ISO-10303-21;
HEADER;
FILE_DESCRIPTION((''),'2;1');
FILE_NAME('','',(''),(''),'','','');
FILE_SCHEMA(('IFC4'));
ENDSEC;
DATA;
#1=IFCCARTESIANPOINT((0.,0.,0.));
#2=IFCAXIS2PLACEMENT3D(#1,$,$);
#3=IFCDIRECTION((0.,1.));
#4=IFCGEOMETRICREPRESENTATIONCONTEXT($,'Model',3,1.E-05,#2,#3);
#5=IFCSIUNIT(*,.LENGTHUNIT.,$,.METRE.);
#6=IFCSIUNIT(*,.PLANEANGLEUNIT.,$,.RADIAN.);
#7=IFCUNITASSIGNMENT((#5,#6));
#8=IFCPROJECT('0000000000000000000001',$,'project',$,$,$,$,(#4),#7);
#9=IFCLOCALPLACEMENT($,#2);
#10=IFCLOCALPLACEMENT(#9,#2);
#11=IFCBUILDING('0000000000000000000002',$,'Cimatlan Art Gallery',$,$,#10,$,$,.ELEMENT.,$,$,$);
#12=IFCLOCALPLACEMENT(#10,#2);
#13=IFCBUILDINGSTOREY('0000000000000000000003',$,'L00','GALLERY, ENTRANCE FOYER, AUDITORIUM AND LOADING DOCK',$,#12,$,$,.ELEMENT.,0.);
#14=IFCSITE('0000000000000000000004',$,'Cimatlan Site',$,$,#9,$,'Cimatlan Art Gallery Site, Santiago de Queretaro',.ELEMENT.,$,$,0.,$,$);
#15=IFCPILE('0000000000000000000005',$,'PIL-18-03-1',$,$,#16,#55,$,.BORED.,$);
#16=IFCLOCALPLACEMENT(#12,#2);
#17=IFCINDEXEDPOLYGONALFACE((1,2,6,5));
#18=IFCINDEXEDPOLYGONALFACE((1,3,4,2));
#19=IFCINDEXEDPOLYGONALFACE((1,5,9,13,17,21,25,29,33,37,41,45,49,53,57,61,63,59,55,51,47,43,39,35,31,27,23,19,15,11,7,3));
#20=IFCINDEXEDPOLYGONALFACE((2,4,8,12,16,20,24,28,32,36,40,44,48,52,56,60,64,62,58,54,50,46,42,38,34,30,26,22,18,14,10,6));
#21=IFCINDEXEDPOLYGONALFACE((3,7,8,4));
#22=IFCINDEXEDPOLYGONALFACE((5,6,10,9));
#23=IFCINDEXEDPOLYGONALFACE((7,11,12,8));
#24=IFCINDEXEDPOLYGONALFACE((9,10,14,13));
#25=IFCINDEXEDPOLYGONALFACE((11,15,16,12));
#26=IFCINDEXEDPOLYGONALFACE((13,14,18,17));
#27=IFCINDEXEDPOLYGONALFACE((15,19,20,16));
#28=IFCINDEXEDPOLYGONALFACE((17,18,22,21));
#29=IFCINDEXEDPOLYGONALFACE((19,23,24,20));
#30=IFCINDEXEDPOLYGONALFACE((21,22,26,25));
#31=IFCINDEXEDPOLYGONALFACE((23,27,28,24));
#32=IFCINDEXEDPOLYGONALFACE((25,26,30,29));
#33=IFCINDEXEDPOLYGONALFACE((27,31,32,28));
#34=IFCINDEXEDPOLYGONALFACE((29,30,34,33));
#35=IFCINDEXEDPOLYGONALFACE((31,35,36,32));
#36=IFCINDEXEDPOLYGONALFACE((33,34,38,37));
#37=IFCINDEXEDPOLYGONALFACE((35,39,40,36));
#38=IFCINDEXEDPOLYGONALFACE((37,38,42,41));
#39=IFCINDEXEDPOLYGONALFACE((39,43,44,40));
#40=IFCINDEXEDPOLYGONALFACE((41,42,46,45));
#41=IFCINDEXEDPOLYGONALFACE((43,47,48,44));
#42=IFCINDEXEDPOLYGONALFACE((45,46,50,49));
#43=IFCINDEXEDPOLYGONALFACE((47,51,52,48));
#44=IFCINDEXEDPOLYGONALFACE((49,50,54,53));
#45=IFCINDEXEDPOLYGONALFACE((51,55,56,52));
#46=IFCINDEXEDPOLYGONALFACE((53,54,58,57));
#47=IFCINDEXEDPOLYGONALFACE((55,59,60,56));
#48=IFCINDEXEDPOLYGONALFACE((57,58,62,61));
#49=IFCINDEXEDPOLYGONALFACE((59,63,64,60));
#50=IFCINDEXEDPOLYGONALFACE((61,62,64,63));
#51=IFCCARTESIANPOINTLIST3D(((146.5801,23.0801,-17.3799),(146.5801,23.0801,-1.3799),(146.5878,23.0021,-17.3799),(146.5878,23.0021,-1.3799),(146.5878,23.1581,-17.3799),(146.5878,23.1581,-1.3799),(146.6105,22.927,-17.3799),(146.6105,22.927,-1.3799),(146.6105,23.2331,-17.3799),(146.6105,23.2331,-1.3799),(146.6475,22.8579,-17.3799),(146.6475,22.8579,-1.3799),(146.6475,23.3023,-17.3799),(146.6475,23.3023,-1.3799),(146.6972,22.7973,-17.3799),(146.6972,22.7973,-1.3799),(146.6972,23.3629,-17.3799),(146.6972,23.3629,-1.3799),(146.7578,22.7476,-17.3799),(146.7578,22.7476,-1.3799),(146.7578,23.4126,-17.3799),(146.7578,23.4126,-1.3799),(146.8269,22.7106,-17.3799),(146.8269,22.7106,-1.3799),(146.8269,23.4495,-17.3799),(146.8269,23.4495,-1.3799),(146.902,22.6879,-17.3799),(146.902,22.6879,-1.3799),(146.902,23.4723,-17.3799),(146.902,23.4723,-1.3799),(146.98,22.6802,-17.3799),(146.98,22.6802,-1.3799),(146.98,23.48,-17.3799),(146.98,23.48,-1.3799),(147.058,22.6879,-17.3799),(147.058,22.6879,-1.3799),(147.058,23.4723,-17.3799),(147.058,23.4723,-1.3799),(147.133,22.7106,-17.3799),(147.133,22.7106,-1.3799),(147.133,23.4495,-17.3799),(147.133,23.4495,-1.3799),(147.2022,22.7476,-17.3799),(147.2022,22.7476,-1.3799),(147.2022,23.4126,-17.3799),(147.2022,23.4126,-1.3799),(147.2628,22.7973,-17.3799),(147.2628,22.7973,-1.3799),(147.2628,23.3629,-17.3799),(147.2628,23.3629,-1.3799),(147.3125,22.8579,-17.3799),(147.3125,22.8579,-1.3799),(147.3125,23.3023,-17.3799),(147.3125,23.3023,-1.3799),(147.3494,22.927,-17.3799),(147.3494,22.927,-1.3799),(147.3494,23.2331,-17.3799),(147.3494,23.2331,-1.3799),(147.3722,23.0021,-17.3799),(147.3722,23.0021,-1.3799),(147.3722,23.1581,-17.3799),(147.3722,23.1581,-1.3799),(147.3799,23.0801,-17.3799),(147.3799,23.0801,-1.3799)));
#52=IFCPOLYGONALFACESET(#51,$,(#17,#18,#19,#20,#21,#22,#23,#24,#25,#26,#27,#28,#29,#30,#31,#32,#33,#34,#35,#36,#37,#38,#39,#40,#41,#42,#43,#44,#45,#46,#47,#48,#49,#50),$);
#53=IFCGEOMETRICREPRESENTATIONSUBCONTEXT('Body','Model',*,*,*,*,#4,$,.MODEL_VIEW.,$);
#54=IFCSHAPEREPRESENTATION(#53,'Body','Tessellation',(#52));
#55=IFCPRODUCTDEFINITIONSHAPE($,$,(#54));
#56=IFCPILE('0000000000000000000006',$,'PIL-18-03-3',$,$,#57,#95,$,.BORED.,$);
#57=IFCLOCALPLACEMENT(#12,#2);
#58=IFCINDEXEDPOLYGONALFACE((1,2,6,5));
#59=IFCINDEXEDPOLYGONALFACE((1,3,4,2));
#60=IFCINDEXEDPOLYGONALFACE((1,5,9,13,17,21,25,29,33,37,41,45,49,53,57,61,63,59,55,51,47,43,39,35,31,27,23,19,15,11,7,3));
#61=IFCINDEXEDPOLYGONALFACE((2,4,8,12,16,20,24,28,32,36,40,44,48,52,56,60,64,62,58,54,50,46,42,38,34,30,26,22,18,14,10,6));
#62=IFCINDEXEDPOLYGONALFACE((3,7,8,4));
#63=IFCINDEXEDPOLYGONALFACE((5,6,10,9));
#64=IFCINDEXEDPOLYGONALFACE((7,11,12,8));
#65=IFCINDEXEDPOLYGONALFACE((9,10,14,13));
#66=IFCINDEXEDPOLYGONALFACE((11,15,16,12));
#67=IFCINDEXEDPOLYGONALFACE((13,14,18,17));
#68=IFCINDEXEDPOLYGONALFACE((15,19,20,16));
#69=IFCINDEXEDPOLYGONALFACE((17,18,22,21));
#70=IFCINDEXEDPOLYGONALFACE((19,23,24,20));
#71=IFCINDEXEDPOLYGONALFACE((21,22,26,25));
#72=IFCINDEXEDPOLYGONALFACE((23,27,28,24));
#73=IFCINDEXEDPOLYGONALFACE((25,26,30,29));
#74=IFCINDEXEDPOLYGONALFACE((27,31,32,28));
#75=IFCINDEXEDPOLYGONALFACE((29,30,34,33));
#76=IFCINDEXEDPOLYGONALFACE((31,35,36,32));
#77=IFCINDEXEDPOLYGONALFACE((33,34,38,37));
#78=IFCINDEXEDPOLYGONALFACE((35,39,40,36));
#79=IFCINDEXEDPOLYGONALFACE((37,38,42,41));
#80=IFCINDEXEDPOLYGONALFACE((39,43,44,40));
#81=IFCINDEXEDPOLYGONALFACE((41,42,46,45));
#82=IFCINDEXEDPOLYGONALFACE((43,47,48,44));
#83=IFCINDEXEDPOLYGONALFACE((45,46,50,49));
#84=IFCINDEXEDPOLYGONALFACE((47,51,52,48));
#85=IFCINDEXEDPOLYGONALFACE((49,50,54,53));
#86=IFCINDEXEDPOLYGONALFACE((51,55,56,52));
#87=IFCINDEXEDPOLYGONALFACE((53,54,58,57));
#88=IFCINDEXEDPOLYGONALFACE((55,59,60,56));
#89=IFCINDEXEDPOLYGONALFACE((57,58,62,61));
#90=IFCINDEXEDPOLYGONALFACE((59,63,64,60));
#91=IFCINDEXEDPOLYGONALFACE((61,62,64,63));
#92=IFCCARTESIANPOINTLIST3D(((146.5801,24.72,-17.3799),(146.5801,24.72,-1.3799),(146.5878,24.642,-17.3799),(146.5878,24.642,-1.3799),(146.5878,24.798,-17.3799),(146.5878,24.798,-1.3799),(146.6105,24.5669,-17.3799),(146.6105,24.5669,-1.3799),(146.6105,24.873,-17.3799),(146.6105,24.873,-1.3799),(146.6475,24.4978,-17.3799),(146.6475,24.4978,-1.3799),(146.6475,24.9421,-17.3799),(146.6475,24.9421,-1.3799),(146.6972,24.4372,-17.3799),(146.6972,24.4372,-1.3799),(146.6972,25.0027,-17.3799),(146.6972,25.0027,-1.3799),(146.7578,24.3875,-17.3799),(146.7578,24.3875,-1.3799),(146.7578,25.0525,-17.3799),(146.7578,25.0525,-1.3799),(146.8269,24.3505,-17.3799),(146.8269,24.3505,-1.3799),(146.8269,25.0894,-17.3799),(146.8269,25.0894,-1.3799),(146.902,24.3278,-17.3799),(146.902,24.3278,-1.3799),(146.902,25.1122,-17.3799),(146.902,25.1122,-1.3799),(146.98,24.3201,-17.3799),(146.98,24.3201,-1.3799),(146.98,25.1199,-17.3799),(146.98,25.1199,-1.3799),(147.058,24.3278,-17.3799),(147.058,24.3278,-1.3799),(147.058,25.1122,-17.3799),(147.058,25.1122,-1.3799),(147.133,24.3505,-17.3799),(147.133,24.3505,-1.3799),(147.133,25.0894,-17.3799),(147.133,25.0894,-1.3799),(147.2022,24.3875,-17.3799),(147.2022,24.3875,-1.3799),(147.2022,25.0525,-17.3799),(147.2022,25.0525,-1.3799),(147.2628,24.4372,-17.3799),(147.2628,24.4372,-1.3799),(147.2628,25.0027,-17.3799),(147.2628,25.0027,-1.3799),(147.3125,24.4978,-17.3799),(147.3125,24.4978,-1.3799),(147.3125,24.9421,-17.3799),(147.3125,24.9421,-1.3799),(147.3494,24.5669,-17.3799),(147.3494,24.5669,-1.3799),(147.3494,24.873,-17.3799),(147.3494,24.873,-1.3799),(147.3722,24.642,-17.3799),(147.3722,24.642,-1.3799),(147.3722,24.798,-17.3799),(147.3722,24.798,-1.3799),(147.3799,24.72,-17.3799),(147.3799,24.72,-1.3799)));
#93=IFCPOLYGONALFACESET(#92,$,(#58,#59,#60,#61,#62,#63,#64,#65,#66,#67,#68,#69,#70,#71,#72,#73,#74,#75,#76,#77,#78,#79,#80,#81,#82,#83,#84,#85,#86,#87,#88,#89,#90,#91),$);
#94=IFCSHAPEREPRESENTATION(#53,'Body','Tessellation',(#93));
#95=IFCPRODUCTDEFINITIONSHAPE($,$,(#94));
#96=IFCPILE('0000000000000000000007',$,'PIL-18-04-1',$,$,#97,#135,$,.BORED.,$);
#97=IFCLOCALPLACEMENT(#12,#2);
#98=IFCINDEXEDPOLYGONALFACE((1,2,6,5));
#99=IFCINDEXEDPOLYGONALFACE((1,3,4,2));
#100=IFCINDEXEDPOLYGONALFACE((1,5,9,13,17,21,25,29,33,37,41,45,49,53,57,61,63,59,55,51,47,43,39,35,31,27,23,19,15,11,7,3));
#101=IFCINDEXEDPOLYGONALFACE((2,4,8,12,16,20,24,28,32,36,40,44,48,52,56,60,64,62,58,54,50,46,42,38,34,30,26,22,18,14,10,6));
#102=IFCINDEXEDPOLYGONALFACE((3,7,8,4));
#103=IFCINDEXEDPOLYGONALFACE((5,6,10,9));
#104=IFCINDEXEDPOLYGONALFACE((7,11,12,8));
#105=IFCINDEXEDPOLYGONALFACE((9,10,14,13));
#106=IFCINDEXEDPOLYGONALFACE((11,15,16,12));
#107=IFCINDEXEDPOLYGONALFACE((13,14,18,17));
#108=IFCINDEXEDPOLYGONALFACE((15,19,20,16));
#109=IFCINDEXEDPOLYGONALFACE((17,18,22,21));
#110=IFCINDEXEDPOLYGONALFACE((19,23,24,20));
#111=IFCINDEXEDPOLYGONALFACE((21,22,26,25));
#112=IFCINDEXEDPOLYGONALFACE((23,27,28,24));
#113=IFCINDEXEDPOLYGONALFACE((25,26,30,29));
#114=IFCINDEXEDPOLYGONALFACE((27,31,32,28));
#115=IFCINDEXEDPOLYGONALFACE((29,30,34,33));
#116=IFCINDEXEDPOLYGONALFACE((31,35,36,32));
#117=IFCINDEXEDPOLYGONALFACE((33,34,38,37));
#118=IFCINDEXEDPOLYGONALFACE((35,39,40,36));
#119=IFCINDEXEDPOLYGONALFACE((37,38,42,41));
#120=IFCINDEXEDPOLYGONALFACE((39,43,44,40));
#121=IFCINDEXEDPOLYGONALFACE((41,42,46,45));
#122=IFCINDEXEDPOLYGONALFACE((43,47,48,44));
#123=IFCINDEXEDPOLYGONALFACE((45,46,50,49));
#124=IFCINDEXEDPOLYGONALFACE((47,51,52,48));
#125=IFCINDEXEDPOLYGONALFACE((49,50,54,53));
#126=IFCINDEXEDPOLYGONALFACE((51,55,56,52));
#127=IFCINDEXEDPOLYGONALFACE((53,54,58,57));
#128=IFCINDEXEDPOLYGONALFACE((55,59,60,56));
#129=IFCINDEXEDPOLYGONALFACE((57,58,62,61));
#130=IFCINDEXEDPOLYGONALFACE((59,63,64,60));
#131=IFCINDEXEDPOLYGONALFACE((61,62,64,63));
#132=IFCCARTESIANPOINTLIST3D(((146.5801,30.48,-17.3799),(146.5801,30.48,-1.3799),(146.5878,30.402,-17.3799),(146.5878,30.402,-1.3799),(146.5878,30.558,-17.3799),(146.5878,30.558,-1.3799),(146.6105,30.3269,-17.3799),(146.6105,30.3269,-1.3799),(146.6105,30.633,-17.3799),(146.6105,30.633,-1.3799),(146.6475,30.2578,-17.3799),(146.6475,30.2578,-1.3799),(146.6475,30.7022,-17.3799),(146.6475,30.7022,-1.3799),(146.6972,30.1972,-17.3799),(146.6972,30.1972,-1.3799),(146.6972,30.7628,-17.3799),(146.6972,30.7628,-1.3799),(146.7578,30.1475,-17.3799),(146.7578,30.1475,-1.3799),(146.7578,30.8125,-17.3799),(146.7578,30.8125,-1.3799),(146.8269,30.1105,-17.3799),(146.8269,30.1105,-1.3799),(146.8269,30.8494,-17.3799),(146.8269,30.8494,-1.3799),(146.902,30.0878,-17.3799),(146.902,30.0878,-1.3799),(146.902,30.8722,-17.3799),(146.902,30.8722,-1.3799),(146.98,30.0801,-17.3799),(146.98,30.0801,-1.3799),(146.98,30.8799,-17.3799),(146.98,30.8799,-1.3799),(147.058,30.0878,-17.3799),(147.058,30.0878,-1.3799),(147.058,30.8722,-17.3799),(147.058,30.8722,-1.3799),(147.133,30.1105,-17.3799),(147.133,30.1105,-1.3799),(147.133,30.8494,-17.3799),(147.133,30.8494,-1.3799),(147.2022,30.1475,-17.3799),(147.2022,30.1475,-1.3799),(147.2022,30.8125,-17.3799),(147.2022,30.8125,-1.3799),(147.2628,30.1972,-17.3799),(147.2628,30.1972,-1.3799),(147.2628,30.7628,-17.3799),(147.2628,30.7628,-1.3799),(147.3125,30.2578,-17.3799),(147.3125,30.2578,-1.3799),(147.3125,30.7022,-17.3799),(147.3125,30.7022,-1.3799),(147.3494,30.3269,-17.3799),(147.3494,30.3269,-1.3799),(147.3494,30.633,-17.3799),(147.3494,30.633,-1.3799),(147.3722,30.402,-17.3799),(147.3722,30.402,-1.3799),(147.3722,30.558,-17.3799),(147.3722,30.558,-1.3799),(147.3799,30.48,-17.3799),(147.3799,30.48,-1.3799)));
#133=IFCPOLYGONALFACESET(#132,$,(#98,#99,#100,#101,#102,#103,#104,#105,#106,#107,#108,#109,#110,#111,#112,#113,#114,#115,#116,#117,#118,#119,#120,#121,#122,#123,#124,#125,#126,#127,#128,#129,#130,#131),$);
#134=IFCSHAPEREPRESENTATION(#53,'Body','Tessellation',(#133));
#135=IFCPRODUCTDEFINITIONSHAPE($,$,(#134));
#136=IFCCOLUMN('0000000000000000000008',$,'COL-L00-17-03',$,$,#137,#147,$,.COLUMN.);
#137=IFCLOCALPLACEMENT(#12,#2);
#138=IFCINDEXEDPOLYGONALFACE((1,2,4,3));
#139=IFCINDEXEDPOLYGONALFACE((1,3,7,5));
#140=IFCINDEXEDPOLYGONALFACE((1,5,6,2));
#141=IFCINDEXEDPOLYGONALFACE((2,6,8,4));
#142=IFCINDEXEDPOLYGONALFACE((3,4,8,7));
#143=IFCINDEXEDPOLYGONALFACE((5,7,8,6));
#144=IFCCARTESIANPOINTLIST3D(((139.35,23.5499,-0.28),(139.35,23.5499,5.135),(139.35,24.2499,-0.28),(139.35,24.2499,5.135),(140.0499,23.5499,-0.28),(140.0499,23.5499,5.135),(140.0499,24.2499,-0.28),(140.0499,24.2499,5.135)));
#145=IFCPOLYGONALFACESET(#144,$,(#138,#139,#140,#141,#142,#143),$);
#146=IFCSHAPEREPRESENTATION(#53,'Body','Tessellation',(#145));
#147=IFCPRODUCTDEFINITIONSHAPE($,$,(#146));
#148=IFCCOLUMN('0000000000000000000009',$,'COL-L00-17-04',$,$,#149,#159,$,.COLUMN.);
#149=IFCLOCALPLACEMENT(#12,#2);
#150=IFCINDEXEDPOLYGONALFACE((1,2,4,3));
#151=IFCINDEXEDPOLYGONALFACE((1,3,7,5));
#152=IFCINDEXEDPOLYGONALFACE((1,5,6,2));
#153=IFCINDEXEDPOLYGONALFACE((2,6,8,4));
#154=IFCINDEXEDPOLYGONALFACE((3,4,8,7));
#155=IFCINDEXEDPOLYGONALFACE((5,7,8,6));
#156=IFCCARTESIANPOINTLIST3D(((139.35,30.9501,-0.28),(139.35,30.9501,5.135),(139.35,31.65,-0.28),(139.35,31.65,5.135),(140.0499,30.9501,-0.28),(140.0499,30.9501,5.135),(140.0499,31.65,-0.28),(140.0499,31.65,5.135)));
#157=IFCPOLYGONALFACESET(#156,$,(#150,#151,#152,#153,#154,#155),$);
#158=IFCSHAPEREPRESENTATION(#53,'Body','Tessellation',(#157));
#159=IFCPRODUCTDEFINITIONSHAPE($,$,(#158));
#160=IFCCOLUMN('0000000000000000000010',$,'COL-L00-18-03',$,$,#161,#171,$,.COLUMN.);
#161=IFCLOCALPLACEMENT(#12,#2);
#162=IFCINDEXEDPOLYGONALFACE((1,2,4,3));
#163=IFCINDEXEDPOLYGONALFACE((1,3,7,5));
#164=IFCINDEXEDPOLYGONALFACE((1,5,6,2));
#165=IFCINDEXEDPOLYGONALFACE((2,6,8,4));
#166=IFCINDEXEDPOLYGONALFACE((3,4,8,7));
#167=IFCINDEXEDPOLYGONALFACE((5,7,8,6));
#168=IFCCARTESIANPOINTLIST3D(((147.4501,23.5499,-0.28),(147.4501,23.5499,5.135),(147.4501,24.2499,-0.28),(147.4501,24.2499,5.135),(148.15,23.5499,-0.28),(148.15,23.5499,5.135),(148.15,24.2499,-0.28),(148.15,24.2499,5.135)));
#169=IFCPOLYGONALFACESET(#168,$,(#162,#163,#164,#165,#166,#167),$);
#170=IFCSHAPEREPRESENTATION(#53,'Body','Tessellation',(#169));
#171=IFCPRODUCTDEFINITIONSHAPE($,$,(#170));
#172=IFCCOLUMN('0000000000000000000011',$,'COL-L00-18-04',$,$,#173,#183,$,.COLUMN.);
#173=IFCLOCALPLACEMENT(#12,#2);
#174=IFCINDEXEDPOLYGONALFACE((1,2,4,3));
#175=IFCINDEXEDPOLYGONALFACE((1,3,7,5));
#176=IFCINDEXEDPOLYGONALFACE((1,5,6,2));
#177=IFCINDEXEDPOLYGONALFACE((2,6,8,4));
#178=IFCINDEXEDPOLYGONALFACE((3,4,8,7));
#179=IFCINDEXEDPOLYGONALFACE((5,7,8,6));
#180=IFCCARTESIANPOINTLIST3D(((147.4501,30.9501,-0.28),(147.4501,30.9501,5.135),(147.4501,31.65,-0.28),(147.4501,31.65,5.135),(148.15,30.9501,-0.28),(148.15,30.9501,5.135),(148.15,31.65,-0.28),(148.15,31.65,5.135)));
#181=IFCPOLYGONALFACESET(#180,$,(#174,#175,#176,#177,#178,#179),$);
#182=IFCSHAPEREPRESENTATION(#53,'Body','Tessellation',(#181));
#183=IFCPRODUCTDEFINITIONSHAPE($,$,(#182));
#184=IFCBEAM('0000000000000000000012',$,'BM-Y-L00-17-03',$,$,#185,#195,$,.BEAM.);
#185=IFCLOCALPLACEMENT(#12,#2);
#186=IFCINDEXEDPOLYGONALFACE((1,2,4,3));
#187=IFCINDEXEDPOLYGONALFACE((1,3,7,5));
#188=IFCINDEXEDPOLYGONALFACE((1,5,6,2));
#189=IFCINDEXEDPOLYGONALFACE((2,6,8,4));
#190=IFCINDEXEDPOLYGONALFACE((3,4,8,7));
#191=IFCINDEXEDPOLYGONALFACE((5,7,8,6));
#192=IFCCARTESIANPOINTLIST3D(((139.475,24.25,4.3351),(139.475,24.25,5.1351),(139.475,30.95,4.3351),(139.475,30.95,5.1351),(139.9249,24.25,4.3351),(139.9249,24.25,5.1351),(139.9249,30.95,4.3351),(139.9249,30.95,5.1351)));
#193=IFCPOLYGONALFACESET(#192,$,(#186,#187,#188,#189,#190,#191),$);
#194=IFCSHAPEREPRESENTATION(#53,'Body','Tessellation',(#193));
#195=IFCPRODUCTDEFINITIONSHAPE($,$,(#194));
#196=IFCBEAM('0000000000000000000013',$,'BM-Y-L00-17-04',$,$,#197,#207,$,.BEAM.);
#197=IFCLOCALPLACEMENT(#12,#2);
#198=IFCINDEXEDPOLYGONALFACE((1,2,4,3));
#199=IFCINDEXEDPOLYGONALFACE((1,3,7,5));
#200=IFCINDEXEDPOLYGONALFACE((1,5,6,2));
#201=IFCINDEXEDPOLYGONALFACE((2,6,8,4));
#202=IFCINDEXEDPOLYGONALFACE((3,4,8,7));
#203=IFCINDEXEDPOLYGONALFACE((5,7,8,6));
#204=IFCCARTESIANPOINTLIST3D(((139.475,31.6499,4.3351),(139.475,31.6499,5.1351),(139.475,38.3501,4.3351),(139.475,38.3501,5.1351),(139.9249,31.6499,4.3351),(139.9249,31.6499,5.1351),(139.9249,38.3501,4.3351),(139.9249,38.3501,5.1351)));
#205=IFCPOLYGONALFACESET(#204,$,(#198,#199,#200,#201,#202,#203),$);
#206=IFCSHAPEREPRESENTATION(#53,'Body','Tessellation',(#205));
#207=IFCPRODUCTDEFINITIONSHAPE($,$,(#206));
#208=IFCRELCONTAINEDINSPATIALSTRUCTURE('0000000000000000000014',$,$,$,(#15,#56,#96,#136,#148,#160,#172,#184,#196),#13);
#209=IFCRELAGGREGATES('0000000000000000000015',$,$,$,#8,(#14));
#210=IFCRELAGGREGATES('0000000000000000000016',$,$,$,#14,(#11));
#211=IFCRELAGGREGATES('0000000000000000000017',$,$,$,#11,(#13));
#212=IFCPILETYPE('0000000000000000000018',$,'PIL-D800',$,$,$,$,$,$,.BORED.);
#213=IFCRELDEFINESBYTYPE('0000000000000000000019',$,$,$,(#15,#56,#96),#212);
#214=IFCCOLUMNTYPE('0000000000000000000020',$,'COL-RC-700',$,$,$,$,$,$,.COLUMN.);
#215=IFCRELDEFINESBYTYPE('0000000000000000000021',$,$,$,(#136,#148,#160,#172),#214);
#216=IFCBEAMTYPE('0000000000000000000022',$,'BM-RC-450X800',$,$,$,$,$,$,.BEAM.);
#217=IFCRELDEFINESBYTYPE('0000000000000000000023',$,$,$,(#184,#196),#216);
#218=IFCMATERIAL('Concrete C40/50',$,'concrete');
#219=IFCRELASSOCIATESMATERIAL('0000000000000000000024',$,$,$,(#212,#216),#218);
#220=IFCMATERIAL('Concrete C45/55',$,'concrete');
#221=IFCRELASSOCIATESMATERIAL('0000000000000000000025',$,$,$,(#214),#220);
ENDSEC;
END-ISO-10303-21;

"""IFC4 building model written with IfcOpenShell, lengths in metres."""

from ifc_helpers import new_model, si_unit, direction, frame, origin, origin_2d, place, context, subcontext, project, spatial, rectangle, circle, extrude, material, material_profile, profile_set, type_object, element, save


model = new_model("IFC4")

# Units and contexts
model_context = context("Model", 3, precision=1e-05, world=origin(), true_north=direction((0.0, 1.0)))
body_context = subcontext(model_context, "Body", "Model", "MODEL_VIEW")
ifc_project = project(units=[si_unit("LENGTHUNIT", "METRE"), si_unit("PLANEANGLEUNIT", "RADIAN")], contexts=[model_context])

# Site, building, storey
site_placement = place(None, origin())
site = spatial("IfcSite", under=ifc_project, at=site_placement, Name="Cimatlan Site", LongName="Cimatlan Art Gallery Site, Santiago de Queretaro", CompositionType="ELEMENT", RefElevation=0.0)
building_placement = place(site_placement, origin())
building = spatial("IfcBuilding", under=site, at=building_placement, Name="Cimatlan Art Gallery", CompositionType="ELEMENT")
storey_placement = place(building_placement, origin())
storey = spatial("IfcBuildingStorey", under=building, at=storey_placement, Name="L00", Description="GALLERY, ENTRANCE FOYER, AUDITORIUM AND LOADING DOCK", CompositionType="ELEMENT", Elevation=0.0)

# Shared definitions
ifc_material_1 = material(Name="Concrete C40/50", Category="concrete")

# Piles
pile_type_1 = type_object("IfcPileType", Name="PIL-D800", PredefinedType="BORED", material=ifc_material_1)
for number, where, z_axis, x_axis, name in (
    (1, (146.98, 23.0801, -1.3799), (0.0, 0.0, -1.0), (1.0, 0.0, 0.0), "PIL-18-03-1"),
    (2, (146.98, 24.72, -1.3799), (0.0, 0.0, -1.0), (1.0, 0.0, 0.0), "PIL-18-03-3"),
    (3, (146.98, 30.48, -1.3799), (0.0, 0.0, -1.0), (1.0, 0.0, 0.0), "PIL-18-04-1"),
):
    element("IfcPile", number, at=place(storey_placement, frame(where, z_axis=z_axis, x_axis=x_axis)), inside=storey, type_object=pile_type_1, Name=name, PredefinedType="BORED", context=body_context, shape_type="SweptSolid", body=[
        extrude(circle(Radius=0.3999, at=origin_2d()), origin(), (0.0, 0.0, 1.0), 16.0),
    ])

# Columns
ifc_material_2 = material(Name="Concrete C45/55", Category="concrete")
ifc_material_profile_1 = material_profile(ifc_material_2, rectangle(XDim=0.7, YDim=0.7, at=origin_2d()), Name="RC700X700")
ifc_profile_set_1 = profile_set([ifc_material_profile_1], Name="Concrete C45/55")
column_type = type_object("IfcColumnType", Name="COL-RC-700", PredefinedType="COLUMN", material=ifc_profile_set_1)
for number, where, z_axis, x_axis, name in (
    (4, (139.7, 23.8999, -0.28), (0.0, 0.0, 1.0), (1.0, 0.0, 0.0), "COL-L00-17-03"),
    (5, (139.7, 31.3, -0.28), (0.0, 0.0, 1.0), (1.0, 0.0, 0.0), "COL-L00-17-04"),
    (6, (147.8, 23.8999, -0.28), (0.0, 0.0, 1.0), (1.0, 0.0, 0.0), "COL-L00-18-03"),
    (7, (147.8, 31.3, -0.28), (0.0, 0.0, 1.0), (1.0, 0.0, 0.0), "COL-L00-18-04"),
):
    element("IfcColumn", number, at=place(storey_placement, frame(where, z_axis=z_axis, x_axis=x_axis)), inside=storey, type_object=column_type, Name=name, PredefinedType="COLUMN", context=body_context, shape_type="SweptSolid", body=[
        extrude(rectangle(XDim=0.7, YDim=0.7, at=origin_2d()), origin(), (0.0, 0.0, 1.0), 5.415),
    ])

# Beams
ifc_material_profile_2 = material_profile(ifc_material_1, rectangle(XDim=0.45, YDim=0.8, at=origin_2d()), Name="RC450X800")
ifc_profile_set_2 = profile_set([ifc_material_profile_2], Name="Concrete C40/50")
beam_type_1 = type_object("IfcBeamType", Name="BM-RC-450X800", PredefinedType="BEAM", material=ifc_profile_set_2)
beam_1_placement = place(storey_placement, frame((139.7, 24.25, 4.7351), z_axis=(0.0, 1.0, 0.0), x_axis=(-1.0, 0.0, 0.0)))
element("IfcBeam", 8, at=beam_1_placement, inside=storey, type_object=beam_type_1, Name="BM-Y-L00-17-03", PredefinedType="BEAM", context=body_context, shape_type="SweptSolid", body=[
    extrude(rectangle(XDim=0.45, YDim=0.8, at=origin_2d()), origin(), (0.0, 0.0, 1.0), 6.7),
])
beam_2_placement = place(storey_placement, frame((139.7, 31.6499, 4.7351), z_axis=(0.0, 1.0, 0.0), x_axis=(-1.0, 0.0, 0.0)))
element("IfcBeam", 9, at=beam_2_placement, inside=storey, type_object=beam_type_1, Name="BM-Y-L00-17-04", PredefinedType="BEAM", context=body_context, shape_type="SweptSolid", body=[
    extrude(rectangle(XDim=0.45, YDim=0.8, at=origin_2d()), origin(), (0.0, 0.0, 1.0), 6.7002),
])

save(model, "model.ifc")
